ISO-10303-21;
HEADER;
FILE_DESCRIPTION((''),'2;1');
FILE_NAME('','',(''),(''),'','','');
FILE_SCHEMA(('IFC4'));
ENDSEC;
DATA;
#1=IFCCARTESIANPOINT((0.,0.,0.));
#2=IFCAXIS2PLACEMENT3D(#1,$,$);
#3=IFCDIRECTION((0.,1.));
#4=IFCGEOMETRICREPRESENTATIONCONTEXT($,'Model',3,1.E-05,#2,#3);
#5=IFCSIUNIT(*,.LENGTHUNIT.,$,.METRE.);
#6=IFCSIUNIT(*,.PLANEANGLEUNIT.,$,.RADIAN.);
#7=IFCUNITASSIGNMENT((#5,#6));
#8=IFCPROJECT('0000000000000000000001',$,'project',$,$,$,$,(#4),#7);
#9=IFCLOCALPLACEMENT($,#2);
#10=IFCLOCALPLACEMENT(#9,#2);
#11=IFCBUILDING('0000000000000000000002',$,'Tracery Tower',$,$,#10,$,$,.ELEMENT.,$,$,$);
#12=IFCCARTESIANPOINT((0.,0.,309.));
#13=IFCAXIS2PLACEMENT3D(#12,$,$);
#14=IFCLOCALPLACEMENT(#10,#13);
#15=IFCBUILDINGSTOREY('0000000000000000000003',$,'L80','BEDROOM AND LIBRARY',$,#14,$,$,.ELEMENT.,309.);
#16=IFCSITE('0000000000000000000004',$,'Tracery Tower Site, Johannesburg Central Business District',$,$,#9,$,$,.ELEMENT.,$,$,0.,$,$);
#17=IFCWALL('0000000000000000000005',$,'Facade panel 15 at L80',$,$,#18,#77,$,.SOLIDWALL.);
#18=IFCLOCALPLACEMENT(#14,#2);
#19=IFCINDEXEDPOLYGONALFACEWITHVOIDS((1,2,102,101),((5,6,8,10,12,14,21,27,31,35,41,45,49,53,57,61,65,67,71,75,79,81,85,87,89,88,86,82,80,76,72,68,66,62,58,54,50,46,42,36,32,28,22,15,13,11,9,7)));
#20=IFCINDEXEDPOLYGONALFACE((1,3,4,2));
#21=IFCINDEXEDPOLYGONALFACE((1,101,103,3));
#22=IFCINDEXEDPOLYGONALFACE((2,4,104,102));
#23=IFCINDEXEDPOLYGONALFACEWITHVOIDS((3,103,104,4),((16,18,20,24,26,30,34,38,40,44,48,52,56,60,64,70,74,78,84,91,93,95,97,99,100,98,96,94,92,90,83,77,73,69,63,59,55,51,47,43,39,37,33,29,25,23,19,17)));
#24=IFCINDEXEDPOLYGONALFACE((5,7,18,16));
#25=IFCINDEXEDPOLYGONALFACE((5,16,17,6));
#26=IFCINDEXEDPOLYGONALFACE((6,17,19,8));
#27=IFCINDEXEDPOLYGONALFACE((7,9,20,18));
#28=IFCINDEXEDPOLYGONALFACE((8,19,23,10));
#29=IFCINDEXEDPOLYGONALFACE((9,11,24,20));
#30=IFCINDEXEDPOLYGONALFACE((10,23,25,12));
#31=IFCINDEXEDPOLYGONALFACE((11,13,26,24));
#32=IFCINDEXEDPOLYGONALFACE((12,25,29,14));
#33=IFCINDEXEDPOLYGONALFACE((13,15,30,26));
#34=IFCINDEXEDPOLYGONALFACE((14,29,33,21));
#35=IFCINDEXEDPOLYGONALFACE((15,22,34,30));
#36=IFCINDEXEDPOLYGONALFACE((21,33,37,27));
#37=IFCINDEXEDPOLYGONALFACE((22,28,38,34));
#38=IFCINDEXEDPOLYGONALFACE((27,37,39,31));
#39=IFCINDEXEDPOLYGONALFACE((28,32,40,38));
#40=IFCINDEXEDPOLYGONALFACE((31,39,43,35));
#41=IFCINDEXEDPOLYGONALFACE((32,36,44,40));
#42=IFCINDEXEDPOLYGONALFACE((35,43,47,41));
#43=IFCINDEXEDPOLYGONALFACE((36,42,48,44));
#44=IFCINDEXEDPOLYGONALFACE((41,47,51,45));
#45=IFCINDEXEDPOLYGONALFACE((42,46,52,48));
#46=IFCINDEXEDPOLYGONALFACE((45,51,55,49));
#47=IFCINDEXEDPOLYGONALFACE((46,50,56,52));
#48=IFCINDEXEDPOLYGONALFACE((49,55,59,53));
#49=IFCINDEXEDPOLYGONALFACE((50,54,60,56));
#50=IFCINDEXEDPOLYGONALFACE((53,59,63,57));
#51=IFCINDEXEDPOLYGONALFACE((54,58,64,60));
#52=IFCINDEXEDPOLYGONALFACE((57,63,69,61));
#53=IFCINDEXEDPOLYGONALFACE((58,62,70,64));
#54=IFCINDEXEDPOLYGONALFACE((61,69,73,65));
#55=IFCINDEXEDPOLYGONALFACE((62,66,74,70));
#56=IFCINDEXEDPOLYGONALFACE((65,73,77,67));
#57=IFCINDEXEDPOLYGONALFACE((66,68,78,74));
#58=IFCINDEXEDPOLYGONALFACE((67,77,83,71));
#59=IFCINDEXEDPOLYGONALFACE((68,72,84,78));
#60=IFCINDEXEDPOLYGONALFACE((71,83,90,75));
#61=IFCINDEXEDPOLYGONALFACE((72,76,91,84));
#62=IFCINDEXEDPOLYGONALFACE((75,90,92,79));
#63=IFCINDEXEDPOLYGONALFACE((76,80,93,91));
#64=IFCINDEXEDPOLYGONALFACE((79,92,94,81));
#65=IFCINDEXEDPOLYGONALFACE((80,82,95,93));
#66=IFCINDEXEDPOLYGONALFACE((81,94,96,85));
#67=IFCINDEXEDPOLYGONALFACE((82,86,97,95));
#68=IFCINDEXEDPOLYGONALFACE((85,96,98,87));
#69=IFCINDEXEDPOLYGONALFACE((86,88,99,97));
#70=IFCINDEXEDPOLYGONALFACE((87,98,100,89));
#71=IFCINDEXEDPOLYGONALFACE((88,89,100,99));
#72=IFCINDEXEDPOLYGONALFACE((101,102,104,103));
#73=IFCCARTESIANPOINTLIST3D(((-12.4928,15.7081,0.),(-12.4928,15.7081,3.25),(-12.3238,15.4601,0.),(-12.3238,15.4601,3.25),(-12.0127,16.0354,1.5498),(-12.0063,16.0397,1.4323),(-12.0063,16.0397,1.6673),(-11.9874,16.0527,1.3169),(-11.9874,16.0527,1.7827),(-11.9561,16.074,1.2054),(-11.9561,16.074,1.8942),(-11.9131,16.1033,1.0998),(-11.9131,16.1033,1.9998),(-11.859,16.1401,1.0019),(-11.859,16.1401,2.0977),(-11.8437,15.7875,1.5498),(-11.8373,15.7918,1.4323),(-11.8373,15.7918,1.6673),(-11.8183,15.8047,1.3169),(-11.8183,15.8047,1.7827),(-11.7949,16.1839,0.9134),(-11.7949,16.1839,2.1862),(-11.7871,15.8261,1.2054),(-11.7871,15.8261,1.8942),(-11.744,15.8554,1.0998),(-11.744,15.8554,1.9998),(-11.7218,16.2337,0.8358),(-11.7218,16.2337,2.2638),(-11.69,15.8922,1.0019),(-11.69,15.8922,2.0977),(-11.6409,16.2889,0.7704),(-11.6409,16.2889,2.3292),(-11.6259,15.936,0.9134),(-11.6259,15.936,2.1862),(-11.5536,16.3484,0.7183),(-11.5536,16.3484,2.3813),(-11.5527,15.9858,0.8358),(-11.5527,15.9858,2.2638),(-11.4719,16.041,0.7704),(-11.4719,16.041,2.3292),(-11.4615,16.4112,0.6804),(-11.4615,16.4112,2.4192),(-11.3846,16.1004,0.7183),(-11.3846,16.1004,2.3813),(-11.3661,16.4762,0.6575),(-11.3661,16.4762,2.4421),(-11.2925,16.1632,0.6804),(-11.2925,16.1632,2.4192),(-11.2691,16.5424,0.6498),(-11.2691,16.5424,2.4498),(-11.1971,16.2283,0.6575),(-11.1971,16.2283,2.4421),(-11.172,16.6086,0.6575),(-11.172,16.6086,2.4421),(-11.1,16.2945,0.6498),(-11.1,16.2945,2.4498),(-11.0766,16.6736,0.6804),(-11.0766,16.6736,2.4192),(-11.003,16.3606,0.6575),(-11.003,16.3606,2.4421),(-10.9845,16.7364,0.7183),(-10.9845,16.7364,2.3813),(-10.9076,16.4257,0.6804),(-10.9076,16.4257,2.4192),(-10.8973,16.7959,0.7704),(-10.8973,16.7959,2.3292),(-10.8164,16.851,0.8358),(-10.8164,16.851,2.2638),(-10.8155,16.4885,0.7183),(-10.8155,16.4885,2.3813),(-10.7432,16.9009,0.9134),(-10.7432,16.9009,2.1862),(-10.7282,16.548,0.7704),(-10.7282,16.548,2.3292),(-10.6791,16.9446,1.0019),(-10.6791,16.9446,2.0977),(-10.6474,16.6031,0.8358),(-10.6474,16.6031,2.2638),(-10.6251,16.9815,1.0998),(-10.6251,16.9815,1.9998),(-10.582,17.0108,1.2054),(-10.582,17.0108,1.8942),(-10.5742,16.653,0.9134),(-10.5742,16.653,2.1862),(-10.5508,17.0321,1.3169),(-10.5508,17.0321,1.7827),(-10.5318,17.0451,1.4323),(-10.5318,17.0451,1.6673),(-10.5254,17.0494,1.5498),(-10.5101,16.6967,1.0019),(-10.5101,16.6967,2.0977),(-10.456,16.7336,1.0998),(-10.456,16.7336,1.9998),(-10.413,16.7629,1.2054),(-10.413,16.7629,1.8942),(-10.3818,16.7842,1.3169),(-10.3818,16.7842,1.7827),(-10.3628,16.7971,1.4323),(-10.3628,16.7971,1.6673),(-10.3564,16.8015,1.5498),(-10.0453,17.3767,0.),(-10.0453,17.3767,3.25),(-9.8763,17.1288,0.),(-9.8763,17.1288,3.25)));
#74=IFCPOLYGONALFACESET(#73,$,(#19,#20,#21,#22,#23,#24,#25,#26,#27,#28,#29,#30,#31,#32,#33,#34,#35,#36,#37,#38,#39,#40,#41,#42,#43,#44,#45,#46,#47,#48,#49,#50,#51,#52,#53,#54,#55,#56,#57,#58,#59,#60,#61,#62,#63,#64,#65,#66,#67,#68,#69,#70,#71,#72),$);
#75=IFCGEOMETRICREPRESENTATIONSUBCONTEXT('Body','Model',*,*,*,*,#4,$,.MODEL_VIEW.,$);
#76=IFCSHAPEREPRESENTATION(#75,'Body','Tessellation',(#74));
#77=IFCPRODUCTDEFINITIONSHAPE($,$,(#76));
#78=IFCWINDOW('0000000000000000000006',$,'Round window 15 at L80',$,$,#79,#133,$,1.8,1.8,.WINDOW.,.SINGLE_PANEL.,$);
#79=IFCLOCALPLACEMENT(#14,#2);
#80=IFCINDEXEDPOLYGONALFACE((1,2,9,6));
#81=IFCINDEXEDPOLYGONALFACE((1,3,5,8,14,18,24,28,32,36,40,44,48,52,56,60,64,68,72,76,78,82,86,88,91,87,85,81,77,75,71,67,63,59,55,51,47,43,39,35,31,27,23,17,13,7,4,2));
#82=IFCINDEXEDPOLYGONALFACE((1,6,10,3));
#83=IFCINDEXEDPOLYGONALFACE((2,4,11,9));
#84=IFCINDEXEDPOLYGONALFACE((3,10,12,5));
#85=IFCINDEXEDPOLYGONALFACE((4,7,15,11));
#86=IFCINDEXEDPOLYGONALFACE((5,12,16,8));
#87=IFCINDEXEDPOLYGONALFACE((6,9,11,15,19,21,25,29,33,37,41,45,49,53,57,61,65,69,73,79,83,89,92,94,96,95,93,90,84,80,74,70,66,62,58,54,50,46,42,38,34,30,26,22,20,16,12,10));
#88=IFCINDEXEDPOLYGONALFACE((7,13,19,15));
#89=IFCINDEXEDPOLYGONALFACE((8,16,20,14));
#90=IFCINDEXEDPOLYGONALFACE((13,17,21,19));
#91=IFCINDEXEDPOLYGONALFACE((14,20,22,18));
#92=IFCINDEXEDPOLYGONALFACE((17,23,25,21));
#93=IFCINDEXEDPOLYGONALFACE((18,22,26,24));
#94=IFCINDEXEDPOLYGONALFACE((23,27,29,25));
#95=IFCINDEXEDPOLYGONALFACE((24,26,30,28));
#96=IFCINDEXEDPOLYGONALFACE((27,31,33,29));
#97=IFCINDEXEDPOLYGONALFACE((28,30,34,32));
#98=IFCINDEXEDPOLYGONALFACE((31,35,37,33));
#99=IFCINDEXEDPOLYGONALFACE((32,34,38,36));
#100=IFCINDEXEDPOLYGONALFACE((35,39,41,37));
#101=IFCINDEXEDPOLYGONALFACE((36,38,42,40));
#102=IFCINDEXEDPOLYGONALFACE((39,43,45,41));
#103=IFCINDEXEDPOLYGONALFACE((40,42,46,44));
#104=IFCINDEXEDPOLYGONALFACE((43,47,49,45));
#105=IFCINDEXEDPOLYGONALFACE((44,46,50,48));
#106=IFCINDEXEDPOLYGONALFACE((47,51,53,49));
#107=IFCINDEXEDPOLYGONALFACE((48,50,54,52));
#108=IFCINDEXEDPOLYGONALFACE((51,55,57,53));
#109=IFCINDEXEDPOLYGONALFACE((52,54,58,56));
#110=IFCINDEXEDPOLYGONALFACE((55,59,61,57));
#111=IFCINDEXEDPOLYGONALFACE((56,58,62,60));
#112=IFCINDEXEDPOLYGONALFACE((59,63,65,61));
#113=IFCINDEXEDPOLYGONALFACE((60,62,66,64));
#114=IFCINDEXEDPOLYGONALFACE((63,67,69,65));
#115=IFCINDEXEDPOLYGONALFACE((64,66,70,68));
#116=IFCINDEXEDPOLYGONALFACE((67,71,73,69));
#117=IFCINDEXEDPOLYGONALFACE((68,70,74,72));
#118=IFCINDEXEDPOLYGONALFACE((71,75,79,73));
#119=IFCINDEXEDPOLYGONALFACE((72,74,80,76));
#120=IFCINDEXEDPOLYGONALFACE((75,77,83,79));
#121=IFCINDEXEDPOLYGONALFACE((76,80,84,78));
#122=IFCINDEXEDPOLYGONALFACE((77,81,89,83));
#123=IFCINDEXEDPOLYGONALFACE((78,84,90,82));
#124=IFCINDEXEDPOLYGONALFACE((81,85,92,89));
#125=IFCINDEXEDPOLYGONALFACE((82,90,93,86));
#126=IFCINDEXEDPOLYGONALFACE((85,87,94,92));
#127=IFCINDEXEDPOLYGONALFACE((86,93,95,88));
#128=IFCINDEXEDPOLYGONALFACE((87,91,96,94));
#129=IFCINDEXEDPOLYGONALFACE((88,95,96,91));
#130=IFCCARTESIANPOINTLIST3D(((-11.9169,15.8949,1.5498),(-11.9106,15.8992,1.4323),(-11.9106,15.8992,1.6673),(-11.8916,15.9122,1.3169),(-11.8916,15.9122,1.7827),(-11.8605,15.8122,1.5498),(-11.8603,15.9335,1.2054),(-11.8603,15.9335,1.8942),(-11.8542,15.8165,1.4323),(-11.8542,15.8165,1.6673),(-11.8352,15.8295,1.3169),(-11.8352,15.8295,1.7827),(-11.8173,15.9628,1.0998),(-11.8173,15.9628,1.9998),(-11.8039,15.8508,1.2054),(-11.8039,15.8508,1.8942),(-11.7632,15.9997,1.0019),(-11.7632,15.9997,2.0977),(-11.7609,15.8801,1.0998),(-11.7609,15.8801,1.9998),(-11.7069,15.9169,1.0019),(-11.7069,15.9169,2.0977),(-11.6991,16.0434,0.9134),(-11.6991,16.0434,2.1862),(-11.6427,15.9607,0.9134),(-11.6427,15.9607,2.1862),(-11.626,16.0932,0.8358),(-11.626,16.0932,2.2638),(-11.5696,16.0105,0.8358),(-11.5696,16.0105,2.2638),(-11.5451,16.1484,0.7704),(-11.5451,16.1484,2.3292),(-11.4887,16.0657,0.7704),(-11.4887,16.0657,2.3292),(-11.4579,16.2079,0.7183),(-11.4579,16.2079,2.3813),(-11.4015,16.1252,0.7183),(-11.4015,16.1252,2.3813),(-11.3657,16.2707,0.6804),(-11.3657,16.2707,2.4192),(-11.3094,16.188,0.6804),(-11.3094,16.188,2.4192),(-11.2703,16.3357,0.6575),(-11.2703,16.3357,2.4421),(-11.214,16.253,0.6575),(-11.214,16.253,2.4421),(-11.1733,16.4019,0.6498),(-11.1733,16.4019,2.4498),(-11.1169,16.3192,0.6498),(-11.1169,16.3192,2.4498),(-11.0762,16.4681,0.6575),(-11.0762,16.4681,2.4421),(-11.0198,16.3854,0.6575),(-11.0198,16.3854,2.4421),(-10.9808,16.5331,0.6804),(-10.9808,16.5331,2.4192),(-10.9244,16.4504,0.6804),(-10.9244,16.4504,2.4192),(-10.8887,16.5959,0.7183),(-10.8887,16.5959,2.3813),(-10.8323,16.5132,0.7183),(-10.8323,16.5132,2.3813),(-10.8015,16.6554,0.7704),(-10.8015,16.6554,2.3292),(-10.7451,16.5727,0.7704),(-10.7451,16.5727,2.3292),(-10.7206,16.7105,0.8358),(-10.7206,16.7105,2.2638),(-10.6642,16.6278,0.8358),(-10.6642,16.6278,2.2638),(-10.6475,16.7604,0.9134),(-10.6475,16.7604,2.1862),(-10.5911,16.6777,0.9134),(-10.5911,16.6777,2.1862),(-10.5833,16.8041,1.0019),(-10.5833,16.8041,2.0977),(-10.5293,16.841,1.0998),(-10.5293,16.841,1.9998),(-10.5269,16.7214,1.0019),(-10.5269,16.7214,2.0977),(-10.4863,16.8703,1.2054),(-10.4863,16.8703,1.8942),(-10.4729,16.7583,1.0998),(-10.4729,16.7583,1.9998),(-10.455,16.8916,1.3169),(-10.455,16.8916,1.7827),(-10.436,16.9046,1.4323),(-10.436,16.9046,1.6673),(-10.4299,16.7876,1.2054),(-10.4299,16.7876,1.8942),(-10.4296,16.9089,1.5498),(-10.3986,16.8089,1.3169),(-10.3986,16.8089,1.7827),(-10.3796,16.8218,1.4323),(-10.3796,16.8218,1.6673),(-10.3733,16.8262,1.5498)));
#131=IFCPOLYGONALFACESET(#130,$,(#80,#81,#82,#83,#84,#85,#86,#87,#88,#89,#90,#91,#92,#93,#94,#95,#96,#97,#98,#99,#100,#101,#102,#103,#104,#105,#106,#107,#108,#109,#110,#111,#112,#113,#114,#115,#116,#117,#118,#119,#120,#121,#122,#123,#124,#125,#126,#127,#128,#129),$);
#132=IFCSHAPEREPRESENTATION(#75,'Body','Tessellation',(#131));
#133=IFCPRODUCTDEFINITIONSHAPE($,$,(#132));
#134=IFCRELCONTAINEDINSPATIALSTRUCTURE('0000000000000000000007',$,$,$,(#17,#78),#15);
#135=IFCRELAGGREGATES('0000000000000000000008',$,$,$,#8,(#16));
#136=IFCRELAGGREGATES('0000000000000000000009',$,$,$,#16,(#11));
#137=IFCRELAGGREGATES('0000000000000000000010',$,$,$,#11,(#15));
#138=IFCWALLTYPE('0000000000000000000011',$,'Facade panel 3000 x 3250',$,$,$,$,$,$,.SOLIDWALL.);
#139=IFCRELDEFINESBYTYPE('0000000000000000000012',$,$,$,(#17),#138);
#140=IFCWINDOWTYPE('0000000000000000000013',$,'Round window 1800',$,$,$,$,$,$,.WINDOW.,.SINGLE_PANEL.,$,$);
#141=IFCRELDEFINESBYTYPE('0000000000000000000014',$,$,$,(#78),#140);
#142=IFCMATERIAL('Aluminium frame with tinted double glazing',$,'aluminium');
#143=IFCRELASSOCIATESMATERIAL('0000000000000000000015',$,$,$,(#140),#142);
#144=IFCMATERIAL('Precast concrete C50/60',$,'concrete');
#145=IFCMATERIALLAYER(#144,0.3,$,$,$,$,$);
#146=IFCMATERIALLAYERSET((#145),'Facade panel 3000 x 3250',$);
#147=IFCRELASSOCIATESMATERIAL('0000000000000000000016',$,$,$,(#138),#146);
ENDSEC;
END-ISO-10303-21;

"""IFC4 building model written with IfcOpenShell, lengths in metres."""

from ifc_helpers import new_model, si_unit, direction, frame, frame_2d, origin, origin_2d, place, context, subcontext, project, spatial, rectangle, circle, extrude, material, layer, layer_set, type_object, element, fill, save


model = new_model("IFC4")

# Units and contexts
model_context = context("Model", 3, precision=1e-05, world=origin(), true_north=direction((0.0, 1.0)))
body_context = subcontext(model_context, "Body", "Model", "MODEL_VIEW")
ifc_project = project(units=[si_unit("LENGTHUNIT", "METRE"), si_unit("PLANEANGLEUNIT", "RADIAN")], contexts=[model_context])

# Site, building, storey
site_placement = place(None, origin())
site = spatial("IfcSite", under=ifc_project, at=site_placement, Name="Tracery Tower Site, Johannesburg Central Business District", CompositionType="ELEMENT", RefElevation=0.0)
building_placement = place(site_placement, origin())
building = spatial("IfcBuilding", under=site, at=building_placement, Name="Tracery Tower", CompositionType="ELEMENT")
storey_placement = place(building_placement, frame((0.0, 0.0, 309.0)))
storey = spatial("IfcBuildingStorey", under=building, at=storey_placement, Name="L80", Description="BEDROOM AND LIBRARY", CompositionType="ELEMENT", Elevation=309.0)

# Wall, opening, window
ifc_material_1 = material(Name="Aluminium frame with tinted double glazing", Category="aluminium")
window_type = type_object("IfcWindowType", Name="Round window 1800", PartitioningType="SINGLE_PANEL", PredefinedType="WINDOW", material=ifc_material_1)
ifc_material_2 = material(Name="Precast concrete C50/60", Category="concrete")
ifc_layer_1 = layer(ifc_material_2, 0.3)
ifc_layer_set_1 = layer_set([ifc_layer_1], Name="Facade panel 3000 x 3250")
wall_type_1 = type_object("IfcWallType", Name="Facade panel 3000 x 3250", PredefinedType="SOLIDWALL", material=ifc_layer_set_1)
wall_1_placement = place(storey_placement, frame((-9.9609, 17.2527, 0.0), z_axis=(0.0, 0.0, 1.0), x_axis=(-0.826236, -0.563324, 0.0)))
wall_1 = element("IfcWall", 1, at=wall_1_placement, inside=storey, type_object=wall_type_1, Name="Facade panel 15 at L80", PredefinedType="SOLIDWALL", context=body_context, shape_type="SweptSolid", body=[
    extrude(rectangle(XDim=2.9622, YDim=0.3, at=frame_2d((1.481, 0.0))), origin(), (0.0, 0.0, 1.0), 3.25),
])
opening_1_placement = place(wall_1_placement, frame((1.481, 0.0, 1.5498)))
opening_1 = element("IfcOpeningElement", 2, at=opening_1_placement, cuts=wall_1, PredefinedType="OPENING", context=body_context, shape_type="SweptSolid", body=[
    extrude(circle(Radius=0.9, at=origin_2d()), frame((0.0, 0.1599, 0.0), z_axis=(0.0, -1.0, 0.0), x_axis=(1.0, 0.0, 0.0)), (0.0, 0.0, 1.0), 0.3201),
])
window_1_placement = place(opening_1_placement, origin())
window_1 = element("IfcWindow", 3, at=window_1_placement, inside=storey, type_object=window_type, Name="Round window 15 at L80", OverallHeight=1.8, OverallWidth=1.8, PartitioningType="SINGLE_PANEL", PredefinedType="WINDOW", context=body_context, shape_type="SweptSolid", body=[
    extrude(circle(Radius=0.9, at=origin_2d()), frame((0.0, 0.1201, 0.0), z_axis=(0.0, -1.0, 0.0), x_axis=(1.0, 0.0, 0.0)), (0.0, 0.0, 1.0), 0.1001),
])
fill(opening_1, window_1)

save(model, "model.ifc")
